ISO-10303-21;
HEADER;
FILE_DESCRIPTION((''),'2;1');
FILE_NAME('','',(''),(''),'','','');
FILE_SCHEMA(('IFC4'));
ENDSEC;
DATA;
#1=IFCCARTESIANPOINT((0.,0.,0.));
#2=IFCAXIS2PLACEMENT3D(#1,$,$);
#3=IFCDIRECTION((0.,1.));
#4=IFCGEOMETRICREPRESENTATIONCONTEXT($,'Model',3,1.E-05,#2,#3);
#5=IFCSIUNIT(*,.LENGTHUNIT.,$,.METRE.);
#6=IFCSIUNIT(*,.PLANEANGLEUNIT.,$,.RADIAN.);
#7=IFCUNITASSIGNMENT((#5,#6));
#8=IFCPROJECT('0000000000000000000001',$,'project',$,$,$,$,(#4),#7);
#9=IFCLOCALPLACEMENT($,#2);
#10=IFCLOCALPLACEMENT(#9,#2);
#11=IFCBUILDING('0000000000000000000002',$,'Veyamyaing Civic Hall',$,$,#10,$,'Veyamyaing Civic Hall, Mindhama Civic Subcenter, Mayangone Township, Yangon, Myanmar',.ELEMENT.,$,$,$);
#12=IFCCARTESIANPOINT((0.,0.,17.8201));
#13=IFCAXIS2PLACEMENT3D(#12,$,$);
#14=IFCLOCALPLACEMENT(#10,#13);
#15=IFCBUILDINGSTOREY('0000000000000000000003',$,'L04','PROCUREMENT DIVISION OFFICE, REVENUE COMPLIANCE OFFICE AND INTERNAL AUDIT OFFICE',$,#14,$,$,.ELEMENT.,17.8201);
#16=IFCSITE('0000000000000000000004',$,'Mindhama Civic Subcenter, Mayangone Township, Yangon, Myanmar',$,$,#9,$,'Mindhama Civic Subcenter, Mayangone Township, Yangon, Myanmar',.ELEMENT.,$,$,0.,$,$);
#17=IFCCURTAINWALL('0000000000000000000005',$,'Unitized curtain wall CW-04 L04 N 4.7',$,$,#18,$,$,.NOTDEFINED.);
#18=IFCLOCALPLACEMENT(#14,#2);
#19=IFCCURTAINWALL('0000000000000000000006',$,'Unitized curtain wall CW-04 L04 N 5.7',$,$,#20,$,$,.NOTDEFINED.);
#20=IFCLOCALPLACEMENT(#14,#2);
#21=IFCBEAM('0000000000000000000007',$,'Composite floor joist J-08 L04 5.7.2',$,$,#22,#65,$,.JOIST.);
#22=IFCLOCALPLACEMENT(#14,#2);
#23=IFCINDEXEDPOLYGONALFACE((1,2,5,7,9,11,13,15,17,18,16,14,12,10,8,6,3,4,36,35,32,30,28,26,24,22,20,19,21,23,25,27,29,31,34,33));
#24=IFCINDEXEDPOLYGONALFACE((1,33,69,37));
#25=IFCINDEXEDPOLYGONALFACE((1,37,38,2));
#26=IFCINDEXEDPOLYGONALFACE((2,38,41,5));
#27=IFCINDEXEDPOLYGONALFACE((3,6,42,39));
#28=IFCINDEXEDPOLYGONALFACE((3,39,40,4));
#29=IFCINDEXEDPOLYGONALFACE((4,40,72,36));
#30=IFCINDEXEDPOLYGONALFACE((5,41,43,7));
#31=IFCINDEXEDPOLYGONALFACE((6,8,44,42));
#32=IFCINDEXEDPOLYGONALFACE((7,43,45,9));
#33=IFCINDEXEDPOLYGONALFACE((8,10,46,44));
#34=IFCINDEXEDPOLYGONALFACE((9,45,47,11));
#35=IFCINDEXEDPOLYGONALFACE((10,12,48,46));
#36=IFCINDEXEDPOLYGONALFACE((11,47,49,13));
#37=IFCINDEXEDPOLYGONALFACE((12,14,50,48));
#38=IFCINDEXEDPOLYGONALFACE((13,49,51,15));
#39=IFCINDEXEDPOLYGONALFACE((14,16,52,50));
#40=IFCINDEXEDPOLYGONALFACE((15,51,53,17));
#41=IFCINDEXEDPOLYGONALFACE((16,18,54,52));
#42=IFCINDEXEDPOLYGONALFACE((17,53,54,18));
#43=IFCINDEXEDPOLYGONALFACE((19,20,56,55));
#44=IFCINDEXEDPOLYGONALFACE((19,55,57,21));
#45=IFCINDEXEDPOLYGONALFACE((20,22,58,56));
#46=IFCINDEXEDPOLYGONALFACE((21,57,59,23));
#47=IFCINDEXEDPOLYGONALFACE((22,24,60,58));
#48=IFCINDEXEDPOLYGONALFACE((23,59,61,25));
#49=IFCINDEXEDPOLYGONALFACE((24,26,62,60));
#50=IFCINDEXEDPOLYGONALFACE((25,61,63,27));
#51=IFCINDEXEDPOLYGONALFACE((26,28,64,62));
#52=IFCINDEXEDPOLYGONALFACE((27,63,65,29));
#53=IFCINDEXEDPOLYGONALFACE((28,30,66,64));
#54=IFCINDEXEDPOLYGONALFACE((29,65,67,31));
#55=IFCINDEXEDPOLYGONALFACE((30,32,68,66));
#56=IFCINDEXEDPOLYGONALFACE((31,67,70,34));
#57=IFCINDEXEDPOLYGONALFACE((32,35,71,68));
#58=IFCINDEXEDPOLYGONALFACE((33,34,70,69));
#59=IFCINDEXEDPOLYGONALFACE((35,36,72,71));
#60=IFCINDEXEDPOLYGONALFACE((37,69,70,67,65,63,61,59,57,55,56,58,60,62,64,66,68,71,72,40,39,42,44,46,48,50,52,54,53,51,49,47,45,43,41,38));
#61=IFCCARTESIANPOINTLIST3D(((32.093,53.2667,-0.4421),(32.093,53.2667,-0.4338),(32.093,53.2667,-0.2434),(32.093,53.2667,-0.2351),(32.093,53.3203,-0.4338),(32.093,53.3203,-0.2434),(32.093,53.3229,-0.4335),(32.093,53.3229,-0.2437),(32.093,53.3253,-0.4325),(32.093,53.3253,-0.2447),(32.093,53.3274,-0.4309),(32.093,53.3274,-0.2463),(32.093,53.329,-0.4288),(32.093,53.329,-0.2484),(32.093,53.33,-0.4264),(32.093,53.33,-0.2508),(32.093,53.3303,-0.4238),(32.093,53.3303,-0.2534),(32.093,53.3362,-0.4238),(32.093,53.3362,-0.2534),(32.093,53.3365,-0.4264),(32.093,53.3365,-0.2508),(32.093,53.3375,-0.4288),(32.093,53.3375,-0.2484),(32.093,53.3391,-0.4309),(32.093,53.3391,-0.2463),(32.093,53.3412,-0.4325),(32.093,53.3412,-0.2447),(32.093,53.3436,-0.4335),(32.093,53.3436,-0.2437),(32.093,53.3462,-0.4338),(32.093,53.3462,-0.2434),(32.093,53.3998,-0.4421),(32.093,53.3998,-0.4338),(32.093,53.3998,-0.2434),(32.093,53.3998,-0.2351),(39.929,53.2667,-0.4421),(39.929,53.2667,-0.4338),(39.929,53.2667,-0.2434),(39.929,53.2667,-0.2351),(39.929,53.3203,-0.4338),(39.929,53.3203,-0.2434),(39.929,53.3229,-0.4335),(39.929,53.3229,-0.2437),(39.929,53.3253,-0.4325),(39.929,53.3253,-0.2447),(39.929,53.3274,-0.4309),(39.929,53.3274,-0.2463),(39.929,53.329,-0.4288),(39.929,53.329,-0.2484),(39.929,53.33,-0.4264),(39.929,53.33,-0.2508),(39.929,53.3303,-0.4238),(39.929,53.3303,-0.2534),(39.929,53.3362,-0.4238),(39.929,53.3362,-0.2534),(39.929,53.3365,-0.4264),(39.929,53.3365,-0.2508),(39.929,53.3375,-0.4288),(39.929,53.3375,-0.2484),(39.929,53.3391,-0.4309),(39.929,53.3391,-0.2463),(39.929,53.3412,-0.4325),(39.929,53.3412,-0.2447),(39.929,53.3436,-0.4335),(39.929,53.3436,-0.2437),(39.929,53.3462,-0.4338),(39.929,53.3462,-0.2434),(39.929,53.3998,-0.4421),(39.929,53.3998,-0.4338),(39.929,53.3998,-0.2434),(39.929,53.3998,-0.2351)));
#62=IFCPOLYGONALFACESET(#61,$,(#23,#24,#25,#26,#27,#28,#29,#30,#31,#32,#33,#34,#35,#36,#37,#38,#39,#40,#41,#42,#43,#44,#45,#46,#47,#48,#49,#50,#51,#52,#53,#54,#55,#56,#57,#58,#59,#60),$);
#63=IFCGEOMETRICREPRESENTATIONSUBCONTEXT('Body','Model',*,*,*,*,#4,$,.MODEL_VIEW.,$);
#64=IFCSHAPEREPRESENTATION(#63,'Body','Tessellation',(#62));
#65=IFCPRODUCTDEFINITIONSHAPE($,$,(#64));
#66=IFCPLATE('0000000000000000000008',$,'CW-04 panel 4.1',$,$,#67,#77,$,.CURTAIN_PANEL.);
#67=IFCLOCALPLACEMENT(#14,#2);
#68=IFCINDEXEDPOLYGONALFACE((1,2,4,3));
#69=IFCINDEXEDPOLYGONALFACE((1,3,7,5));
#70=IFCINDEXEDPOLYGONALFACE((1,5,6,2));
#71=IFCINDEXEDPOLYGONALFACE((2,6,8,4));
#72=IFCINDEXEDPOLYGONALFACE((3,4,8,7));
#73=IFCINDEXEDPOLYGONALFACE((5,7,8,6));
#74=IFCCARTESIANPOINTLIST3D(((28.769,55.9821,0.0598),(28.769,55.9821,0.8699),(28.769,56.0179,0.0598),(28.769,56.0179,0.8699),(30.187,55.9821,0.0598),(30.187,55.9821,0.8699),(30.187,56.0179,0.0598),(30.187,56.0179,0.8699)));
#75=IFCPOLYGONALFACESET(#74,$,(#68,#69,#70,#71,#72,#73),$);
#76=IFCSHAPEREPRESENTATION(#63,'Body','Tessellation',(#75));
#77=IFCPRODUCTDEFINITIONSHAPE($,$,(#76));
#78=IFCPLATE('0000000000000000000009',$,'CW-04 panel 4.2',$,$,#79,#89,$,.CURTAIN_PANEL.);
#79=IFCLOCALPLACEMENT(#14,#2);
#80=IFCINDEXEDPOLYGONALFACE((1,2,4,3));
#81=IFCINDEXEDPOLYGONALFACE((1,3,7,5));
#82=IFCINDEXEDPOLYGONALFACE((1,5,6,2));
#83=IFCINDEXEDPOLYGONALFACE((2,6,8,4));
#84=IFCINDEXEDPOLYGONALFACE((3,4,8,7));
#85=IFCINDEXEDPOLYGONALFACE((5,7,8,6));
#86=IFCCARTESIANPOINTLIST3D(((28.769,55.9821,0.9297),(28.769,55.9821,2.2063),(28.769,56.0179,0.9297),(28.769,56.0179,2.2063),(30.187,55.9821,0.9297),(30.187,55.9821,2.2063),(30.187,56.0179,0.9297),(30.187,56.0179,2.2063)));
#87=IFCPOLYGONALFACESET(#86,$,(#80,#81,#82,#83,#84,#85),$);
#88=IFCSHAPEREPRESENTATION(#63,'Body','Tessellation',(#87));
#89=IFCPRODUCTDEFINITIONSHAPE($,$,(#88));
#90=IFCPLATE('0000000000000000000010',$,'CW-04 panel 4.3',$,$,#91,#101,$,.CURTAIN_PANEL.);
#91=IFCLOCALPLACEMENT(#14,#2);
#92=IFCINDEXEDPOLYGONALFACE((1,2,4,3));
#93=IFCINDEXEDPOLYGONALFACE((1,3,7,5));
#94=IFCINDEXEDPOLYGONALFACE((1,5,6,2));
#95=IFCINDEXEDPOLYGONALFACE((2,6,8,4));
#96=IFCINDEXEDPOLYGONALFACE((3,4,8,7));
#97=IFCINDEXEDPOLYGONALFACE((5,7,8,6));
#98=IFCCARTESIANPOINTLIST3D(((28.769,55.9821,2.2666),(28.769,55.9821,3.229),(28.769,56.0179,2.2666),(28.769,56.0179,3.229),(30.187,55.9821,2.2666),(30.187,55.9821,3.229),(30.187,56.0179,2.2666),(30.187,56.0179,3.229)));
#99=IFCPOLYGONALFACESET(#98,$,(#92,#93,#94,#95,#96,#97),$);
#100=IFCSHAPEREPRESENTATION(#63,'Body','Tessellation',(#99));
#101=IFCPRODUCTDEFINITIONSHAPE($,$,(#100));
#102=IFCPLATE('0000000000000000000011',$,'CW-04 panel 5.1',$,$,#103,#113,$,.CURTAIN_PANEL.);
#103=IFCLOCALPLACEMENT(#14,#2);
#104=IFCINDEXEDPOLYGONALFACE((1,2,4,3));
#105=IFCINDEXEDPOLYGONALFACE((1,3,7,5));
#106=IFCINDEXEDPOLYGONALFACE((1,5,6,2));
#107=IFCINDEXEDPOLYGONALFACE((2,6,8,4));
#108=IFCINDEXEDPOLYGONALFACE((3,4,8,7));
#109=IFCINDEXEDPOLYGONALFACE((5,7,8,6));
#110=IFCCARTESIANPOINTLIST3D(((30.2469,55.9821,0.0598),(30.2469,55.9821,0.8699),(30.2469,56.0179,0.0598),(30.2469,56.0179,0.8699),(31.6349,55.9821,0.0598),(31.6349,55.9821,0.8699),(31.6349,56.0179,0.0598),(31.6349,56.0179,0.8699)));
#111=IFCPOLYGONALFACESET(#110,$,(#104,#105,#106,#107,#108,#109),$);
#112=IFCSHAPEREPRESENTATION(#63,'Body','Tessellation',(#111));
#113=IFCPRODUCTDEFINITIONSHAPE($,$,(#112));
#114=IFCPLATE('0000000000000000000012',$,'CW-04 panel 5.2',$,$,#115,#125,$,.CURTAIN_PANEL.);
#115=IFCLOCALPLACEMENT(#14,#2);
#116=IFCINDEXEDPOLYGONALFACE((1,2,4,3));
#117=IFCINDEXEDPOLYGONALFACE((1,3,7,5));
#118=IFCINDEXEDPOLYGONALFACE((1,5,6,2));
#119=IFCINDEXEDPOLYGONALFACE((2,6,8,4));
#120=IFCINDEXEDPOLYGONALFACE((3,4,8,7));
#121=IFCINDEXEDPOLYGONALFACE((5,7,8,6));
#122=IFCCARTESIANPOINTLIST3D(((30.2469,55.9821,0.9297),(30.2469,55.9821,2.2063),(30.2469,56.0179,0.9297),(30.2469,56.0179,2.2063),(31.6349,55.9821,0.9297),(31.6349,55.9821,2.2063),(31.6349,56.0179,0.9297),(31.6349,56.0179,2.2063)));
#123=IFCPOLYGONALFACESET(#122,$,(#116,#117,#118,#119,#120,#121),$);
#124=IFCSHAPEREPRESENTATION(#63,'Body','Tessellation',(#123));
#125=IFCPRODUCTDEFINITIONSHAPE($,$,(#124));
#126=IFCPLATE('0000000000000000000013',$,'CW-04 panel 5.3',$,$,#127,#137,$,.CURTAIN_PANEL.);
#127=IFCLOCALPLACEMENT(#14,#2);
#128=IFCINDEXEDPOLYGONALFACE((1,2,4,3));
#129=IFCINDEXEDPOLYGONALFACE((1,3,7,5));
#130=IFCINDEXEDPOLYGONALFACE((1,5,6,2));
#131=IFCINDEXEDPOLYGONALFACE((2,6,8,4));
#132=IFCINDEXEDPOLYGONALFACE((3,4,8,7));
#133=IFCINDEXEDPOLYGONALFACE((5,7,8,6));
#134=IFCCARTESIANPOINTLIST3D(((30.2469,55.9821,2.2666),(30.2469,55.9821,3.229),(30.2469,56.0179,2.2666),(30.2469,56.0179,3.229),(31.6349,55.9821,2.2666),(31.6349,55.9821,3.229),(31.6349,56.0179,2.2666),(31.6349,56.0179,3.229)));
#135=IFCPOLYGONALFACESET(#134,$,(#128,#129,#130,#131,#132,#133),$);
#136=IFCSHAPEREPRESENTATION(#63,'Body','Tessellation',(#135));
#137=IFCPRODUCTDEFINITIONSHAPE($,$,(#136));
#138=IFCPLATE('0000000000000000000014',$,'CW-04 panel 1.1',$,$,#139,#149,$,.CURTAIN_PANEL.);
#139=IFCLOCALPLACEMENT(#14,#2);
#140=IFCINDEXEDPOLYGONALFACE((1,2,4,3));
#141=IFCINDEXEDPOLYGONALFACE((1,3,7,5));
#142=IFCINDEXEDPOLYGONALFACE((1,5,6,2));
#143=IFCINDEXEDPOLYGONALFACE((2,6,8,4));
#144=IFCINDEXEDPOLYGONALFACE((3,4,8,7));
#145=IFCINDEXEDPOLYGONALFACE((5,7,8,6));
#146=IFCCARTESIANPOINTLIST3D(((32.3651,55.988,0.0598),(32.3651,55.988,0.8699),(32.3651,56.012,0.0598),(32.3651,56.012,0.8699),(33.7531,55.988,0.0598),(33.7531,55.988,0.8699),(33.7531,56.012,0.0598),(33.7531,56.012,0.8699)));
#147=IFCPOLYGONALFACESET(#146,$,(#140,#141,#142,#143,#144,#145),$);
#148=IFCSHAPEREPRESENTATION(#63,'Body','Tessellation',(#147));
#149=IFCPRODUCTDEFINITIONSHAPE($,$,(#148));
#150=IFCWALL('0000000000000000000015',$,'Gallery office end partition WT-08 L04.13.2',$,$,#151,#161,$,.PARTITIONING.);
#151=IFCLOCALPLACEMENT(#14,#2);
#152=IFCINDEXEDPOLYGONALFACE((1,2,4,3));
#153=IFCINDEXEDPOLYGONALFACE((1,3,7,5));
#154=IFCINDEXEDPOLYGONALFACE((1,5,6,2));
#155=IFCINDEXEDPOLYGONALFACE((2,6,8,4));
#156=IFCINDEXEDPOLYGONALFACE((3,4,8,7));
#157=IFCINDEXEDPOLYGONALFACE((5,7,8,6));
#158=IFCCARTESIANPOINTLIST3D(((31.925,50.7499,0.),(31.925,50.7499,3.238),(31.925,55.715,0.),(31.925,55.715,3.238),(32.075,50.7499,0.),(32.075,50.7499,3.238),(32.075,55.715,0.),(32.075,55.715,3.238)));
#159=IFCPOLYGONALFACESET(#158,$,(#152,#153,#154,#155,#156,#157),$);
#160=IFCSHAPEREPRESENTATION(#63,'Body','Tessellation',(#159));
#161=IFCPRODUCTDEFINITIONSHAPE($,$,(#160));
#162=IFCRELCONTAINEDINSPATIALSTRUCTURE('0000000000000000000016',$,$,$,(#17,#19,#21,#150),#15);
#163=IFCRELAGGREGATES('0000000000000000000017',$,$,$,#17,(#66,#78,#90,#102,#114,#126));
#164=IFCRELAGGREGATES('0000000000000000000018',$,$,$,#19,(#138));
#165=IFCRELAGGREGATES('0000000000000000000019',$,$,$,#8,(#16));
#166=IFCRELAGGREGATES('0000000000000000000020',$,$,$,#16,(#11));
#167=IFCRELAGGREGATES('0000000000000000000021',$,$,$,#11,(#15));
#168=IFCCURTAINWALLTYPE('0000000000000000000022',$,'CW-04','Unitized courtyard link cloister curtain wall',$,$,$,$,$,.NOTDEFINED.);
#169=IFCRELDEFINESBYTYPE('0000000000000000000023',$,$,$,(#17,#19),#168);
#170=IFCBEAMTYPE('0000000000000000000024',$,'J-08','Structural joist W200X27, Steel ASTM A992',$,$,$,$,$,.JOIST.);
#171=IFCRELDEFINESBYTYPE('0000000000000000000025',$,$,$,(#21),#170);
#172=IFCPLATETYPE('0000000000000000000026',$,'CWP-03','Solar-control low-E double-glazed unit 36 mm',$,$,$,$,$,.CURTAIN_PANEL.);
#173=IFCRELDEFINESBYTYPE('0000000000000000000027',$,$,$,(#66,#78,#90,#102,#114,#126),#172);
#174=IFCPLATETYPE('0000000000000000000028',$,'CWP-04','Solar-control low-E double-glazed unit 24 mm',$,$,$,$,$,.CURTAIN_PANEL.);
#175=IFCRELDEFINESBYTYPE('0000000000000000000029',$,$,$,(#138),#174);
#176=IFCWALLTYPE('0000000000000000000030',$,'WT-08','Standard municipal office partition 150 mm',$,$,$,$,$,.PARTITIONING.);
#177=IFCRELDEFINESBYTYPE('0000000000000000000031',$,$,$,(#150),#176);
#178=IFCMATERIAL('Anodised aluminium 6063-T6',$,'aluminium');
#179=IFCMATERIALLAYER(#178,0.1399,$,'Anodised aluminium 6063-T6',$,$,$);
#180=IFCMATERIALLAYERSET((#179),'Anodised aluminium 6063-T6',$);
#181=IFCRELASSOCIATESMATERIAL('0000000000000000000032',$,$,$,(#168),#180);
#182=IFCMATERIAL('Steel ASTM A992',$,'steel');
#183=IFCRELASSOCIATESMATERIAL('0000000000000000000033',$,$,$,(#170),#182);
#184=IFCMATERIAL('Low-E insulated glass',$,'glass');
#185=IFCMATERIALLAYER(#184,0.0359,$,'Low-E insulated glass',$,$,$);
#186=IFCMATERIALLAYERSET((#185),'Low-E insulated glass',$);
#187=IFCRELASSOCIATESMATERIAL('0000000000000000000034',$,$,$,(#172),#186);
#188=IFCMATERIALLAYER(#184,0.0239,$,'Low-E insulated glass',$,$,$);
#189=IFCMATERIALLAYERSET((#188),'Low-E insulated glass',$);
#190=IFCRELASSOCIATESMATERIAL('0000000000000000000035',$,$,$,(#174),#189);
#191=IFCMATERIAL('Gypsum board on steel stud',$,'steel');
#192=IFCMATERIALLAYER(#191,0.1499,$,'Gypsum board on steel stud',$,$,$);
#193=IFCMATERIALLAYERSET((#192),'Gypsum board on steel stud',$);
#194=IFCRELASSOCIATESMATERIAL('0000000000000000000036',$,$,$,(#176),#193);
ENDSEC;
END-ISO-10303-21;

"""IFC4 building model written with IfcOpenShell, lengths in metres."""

from ifc_helpers import new_model, si_unit, direction, frame, frame_2d, origin, origin_2d, place, context, subcontext, project, spatial, rectangle, i_section, extrude, material, layer, layer_set, material_profile, profile_set, type_object, element, aggregate, save


model = new_model("IFC4")

# Units and contexts
model_context = context("Model", 3, precision=1e-05, world=origin(), true_north=direction((0.0, 1.0)))
body_context = subcontext(model_context, "Body", "Model", "MODEL_VIEW")
ifc_project = project(units=[si_unit("LENGTHUNIT", "METRE"), si_unit("PLANEANGLEUNIT", "RADIAN")], contexts=[model_context])

# Site, building, storey
site_placement = place(None, origin())
site = spatial("IfcSite", under=ifc_project, at=site_placement, Name="Mindhama Civic Subcenter, Mayangone Township, Yangon, Myanmar", LongName="Mindhama Civic Subcenter, Mayangone Township, Yangon, Myanmar", CompositionType="ELEMENT", RefElevation=0.0)
building_placement = place(site_placement, origin())
building = spatial("IfcBuilding", under=site, at=building_placement, Name="Veyamyaing Civic Hall", LongName="Veyamyaing Civic Hall, Mindhama Civic Subcenter, Mayangone Township, Yangon, Myanmar", CompositionType="ELEMENT")
storey_placement = place(building_placement, frame((0.0, 0.0, 17.8201)))
storey = spatial("IfcBuildingStorey", under=building, at=storey_placement, Name="L04", Description="PROCUREMENT DIVISION OFFICE, REVENUE COMPLIANCE OFFICE AND INTERNAL AUDIT OFFICE", CompositionType="ELEMENT", Elevation=17.8201)

# Shared definitions
ifc_material_1 = material(Name="Steel ASTM A992", Category="steel")

# Curtain wall
ifc_material_2 = material(Name="Anodised aluminium 6063-T6", Category="aluminium")
ifc_layer_1 = layer(ifc_material_2, 0.1399, Name="Anodised aluminium 6063-T6")
ifc_layer_set_1 = layer_set([ifc_layer_1], Name="Anodised aluminium 6063-T6")
curtain_wall_type = type_object("IfcCurtainWallType", Name="CW-04", Description="Unitized courtyard link cloister curtain wall", PredefinedType="NOTDEFINED", material=ifc_layer_set_1)
curtain_wall_1_placement = place(storey_placement, origin())
curtain_wall_1 = element("IfcCurtainWall", 1, at=curtain_wall_1_placement, inside=storey, type_object=curtain_wall_type, Name="Unitized curtain wall CW-04 L04 N 4.7", PredefinedType="NOTDEFINED")

# Curtain wall
curtain_wall_2_placement = place(storey_placement, origin())
curtain_wall_2 = element("IfcCurtainWall", 2, at=curtain_wall_2_placement, inside=storey, type_object=curtain_wall_type, Name="Unitized curtain wall CW-04 L04 N 5.7", PredefinedType="NOTDEFINED")

# Beam
ifc_material_profile_1 = material_profile(ifc_material_1, i_section(OverallWidth=0.1331, OverallDepth=0.207, WebThickness=0.0059, FlangeThickness=0.0083, FilletRadius=0.01, at=origin_2d()), Name="W200X27")
ifc_profile_set_1 = profile_set([ifc_material_profile_1], Name="Steel ASTM A992")
beam_type_1 = type_object("IfcBeamType", Name="J-08", Description="Structural joist W200X27, Steel ASTM A992", PredefinedType="JOIST", material=ifc_profile_set_1)
for number, where, z_axis, x_axis, name in (
    (3, (32.093, 53.3333, -0.3386), (1.0, 0.0, 0.0), (0.0, 1.0, 0.0), "Composite floor joist J-08 L04 5.7.2"),
):
    element("IfcBeam", number, at=place(storey_placement, frame(where, z_axis=z_axis, x_axis=x_axis)), inside=storey, type_object=beam_type_1, Name=name, PredefinedType="JOIST", context=body_context, shape_type="SweptSolid", body=[
        extrude(i_section(OverallWidth=0.1331, OverallDepth=0.207, WebThickness=0.0059, FlangeThickness=0.0083, FilletRadius=0.01, at=origin_2d()), origin(), (0.0, 0.0, 1.0), 7.8359),
    ])

# Plates
ifc_material_3 = material(Name="Low-E insulated glass", Category="glass")
ifc_layer_2 = layer(ifc_material_3, 0.0359, Name="Low-E insulated glass")
ifc_layer_set_2 = layer_set([ifc_layer_2], Name="Low-E insulated glass")
plate_type_1 = type_object("IfcPlateType", Name="CWP-03", Description="Solar-control low-E double-glazed unit 36 mm", PredefinedType="CURTAIN_PANEL", material=ifc_layer_set_2)
plate_1_placement = place(storey_placement, frame((29.478, 56.0, 0.0598), z_axis=(0.0, 0.0, 1.0), x_axis=(1.0, 0.0, 0.0)))
plate_1 = element("IfcPlate", 4, at=plate_1_placement, type_object=plate_type_1, Name="CW-04 panel 4.1", PredefinedType="CURTAIN_PANEL", context=body_context, shape_type="SweptSolid", body=[
    extrude(rectangle(XDim=1.418, YDim=0.0359, at=origin_2d()), origin(), (0.0, 0.0, 1.0), 0.8101),
])
plate_2_placement = place(storey_placement, frame((29.478, 56.0, 0.9297), z_axis=(0.0, 0.0, 1.0), x_axis=(1.0, 0.0, 0.0)))
plate_2 = element("IfcPlate", 5, at=plate_2_placement, type_object=plate_type_1, Name="CW-04 panel 4.2", PredefinedType="CURTAIN_PANEL", context=body_context, shape_type="SweptSolid", body=[
    extrude(rectangle(XDim=1.418, YDim=0.0359, at=origin_2d()), origin(), (0.0, 0.0, 1.0), 1.2766),
])
plate_3_placement = place(storey_placement, frame((29.478, 56.0, 2.2666), z_axis=(0.0, 0.0, 1.0), x_axis=(1.0, 0.0, 0.0)))
plate_3 = element("IfcPlate", 6, at=plate_3_placement, type_object=plate_type_1, Name="CW-04 panel 4.3", PredefinedType="CURTAIN_PANEL", context=body_context, shape_type="SweptSolid", body=[
    extrude(rectangle(XDim=1.418, YDim=0.0359, at=origin_2d()), origin(), (0.0, 0.0, 1.0), 0.9624),
])
plate_4_placement = place(storey_placement, frame((30.9409, 56.0, 0.0598), z_axis=(0.0, 0.0, 1.0), x_axis=(1.0, 0.0, 0.0)))
plate_4 = element("IfcPlate", 7, at=plate_4_placement, type_object=plate_type_1, Name="CW-04 panel 5.1", PredefinedType="CURTAIN_PANEL", context=body_context, shape_type="SweptSolid", body=[
    extrude(rectangle(XDim=1.3879, YDim=0.0359, at=origin_2d()), origin(), (0.0, 0.0, 1.0), 0.8101),
])
plate_5_placement = place(storey_placement, frame((30.9409, 56.0, 0.9297), z_axis=(0.0, 0.0, 1.0), x_axis=(1.0, 0.0, 0.0)))
plate_5 = element("IfcPlate", 8, at=plate_5_placement, type_object=plate_type_1, Name="CW-04 panel 5.2", PredefinedType="CURTAIN_PANEL", context=body_context, shape_type="SweptSolid", body=[
    extrude(rectangle(XDim=1.3879, YDim=0.0359, at=origin_2d()), origin(), (0.0, 0.0, 1.0), 1.2766),
])
plate_6_placement = place(storey_placement, frame((30.9409, 56.0, 2.2666), z_axis=(0.0, 0.0, 1.0), x_axis=(1.0, 0.0, 0.0)))
plate_6 = element("IfcPlate", 9, at=plate_6_placement, type_object=plate_type_1, Name="CW-04 panel 5.3", PredefinedType="CURTAIN_PANEL", context=body_context, shape_type="SweptSolid", body=[
    extrude(rectangle(XDim=1.3879, YDim=0.0359, at=origin_2d()), origin(), (0.0, 0.0, 1.0), 0.9624),
])
aggregate(curtain_wall_1, [plate_1, plate_2, plate_3, plate_4, plate_5, plate_6])
ifc_layer_3 = layer(ifc_material_3, 0.0239, Name="Low-E insulated glass")
ifc_layer_set_3 = layer_set([ifc_layer_3], Name="Low-E insulated glass")
plate_type_2 = type_object("IfcPlateType", Name="CWP-04", Description="Solar-control low-E double-glazed unit 24 mm", PredefinedType="CURTAIN_PANEL", material=ifc_layer_set_3)
plate_7_placement = place(storey_placement, frame((33.0591, 56.0, 0.0598), z_axis=(0.0, 0.0, 1.0), x_axis=(1.0, 0.0, 0.0)))
plate_7 = element("IfcPlate", 10, at=plate_7_placement, type_object=plate_type_2, Name="CW-04 panel 1.1", PredefinedType="CURTAIN_PANEL", context=body_context, shape_type="SweptSolid", body=[
    extrude(rectangle(XDim=1.3879, YDim=0.0239, at=origin_2d()), origin(), (0.0, 0.0, 1.0), 0.8101),
])
aggregate(curtain_wall_2, [plate_7])

# Wall
ifc_material_4 = material(Name="Gypsum board on steel stud", Category="steel")
ifc_layer_4 = layer(ifc_material_4, 0.1499, Name="Gypsum board on steel stud")
ifc_layer_set_4 = layer_set([ifc_layer_4], Name="Gypsum board on steel stud")
wall_type_1 = type_object("IfcWallType", Name="WT-08", Description="Standard municipal office partition 150 mm", PredefinedType="PARTITIONING", material=ifc_layer_set_4)
wall_1_placement = place(storey_placement, frame((32.0, 50.75, 0.0), z_axis=(0.0, 0.0, 1.0), x_axis=(0.0, 1.0, 0.0)))
element("IfcWall", 11, at=wall_1_placement, inside=storey, type_object=wall_type_1, Name="Gallery office end partition WT-08 L04.13.2", PredefinedType="PARTITIONING", context=body_context, shape_type="SweptSolid", body=[
    extrude(rectangle(XDim=4.9651, YDim=0.1499, at=frame_2d((2.4824, 0.0))), origin(), (0.0, 0.0, 1.0), 3.238),
])

save(model, "model.ifc")
